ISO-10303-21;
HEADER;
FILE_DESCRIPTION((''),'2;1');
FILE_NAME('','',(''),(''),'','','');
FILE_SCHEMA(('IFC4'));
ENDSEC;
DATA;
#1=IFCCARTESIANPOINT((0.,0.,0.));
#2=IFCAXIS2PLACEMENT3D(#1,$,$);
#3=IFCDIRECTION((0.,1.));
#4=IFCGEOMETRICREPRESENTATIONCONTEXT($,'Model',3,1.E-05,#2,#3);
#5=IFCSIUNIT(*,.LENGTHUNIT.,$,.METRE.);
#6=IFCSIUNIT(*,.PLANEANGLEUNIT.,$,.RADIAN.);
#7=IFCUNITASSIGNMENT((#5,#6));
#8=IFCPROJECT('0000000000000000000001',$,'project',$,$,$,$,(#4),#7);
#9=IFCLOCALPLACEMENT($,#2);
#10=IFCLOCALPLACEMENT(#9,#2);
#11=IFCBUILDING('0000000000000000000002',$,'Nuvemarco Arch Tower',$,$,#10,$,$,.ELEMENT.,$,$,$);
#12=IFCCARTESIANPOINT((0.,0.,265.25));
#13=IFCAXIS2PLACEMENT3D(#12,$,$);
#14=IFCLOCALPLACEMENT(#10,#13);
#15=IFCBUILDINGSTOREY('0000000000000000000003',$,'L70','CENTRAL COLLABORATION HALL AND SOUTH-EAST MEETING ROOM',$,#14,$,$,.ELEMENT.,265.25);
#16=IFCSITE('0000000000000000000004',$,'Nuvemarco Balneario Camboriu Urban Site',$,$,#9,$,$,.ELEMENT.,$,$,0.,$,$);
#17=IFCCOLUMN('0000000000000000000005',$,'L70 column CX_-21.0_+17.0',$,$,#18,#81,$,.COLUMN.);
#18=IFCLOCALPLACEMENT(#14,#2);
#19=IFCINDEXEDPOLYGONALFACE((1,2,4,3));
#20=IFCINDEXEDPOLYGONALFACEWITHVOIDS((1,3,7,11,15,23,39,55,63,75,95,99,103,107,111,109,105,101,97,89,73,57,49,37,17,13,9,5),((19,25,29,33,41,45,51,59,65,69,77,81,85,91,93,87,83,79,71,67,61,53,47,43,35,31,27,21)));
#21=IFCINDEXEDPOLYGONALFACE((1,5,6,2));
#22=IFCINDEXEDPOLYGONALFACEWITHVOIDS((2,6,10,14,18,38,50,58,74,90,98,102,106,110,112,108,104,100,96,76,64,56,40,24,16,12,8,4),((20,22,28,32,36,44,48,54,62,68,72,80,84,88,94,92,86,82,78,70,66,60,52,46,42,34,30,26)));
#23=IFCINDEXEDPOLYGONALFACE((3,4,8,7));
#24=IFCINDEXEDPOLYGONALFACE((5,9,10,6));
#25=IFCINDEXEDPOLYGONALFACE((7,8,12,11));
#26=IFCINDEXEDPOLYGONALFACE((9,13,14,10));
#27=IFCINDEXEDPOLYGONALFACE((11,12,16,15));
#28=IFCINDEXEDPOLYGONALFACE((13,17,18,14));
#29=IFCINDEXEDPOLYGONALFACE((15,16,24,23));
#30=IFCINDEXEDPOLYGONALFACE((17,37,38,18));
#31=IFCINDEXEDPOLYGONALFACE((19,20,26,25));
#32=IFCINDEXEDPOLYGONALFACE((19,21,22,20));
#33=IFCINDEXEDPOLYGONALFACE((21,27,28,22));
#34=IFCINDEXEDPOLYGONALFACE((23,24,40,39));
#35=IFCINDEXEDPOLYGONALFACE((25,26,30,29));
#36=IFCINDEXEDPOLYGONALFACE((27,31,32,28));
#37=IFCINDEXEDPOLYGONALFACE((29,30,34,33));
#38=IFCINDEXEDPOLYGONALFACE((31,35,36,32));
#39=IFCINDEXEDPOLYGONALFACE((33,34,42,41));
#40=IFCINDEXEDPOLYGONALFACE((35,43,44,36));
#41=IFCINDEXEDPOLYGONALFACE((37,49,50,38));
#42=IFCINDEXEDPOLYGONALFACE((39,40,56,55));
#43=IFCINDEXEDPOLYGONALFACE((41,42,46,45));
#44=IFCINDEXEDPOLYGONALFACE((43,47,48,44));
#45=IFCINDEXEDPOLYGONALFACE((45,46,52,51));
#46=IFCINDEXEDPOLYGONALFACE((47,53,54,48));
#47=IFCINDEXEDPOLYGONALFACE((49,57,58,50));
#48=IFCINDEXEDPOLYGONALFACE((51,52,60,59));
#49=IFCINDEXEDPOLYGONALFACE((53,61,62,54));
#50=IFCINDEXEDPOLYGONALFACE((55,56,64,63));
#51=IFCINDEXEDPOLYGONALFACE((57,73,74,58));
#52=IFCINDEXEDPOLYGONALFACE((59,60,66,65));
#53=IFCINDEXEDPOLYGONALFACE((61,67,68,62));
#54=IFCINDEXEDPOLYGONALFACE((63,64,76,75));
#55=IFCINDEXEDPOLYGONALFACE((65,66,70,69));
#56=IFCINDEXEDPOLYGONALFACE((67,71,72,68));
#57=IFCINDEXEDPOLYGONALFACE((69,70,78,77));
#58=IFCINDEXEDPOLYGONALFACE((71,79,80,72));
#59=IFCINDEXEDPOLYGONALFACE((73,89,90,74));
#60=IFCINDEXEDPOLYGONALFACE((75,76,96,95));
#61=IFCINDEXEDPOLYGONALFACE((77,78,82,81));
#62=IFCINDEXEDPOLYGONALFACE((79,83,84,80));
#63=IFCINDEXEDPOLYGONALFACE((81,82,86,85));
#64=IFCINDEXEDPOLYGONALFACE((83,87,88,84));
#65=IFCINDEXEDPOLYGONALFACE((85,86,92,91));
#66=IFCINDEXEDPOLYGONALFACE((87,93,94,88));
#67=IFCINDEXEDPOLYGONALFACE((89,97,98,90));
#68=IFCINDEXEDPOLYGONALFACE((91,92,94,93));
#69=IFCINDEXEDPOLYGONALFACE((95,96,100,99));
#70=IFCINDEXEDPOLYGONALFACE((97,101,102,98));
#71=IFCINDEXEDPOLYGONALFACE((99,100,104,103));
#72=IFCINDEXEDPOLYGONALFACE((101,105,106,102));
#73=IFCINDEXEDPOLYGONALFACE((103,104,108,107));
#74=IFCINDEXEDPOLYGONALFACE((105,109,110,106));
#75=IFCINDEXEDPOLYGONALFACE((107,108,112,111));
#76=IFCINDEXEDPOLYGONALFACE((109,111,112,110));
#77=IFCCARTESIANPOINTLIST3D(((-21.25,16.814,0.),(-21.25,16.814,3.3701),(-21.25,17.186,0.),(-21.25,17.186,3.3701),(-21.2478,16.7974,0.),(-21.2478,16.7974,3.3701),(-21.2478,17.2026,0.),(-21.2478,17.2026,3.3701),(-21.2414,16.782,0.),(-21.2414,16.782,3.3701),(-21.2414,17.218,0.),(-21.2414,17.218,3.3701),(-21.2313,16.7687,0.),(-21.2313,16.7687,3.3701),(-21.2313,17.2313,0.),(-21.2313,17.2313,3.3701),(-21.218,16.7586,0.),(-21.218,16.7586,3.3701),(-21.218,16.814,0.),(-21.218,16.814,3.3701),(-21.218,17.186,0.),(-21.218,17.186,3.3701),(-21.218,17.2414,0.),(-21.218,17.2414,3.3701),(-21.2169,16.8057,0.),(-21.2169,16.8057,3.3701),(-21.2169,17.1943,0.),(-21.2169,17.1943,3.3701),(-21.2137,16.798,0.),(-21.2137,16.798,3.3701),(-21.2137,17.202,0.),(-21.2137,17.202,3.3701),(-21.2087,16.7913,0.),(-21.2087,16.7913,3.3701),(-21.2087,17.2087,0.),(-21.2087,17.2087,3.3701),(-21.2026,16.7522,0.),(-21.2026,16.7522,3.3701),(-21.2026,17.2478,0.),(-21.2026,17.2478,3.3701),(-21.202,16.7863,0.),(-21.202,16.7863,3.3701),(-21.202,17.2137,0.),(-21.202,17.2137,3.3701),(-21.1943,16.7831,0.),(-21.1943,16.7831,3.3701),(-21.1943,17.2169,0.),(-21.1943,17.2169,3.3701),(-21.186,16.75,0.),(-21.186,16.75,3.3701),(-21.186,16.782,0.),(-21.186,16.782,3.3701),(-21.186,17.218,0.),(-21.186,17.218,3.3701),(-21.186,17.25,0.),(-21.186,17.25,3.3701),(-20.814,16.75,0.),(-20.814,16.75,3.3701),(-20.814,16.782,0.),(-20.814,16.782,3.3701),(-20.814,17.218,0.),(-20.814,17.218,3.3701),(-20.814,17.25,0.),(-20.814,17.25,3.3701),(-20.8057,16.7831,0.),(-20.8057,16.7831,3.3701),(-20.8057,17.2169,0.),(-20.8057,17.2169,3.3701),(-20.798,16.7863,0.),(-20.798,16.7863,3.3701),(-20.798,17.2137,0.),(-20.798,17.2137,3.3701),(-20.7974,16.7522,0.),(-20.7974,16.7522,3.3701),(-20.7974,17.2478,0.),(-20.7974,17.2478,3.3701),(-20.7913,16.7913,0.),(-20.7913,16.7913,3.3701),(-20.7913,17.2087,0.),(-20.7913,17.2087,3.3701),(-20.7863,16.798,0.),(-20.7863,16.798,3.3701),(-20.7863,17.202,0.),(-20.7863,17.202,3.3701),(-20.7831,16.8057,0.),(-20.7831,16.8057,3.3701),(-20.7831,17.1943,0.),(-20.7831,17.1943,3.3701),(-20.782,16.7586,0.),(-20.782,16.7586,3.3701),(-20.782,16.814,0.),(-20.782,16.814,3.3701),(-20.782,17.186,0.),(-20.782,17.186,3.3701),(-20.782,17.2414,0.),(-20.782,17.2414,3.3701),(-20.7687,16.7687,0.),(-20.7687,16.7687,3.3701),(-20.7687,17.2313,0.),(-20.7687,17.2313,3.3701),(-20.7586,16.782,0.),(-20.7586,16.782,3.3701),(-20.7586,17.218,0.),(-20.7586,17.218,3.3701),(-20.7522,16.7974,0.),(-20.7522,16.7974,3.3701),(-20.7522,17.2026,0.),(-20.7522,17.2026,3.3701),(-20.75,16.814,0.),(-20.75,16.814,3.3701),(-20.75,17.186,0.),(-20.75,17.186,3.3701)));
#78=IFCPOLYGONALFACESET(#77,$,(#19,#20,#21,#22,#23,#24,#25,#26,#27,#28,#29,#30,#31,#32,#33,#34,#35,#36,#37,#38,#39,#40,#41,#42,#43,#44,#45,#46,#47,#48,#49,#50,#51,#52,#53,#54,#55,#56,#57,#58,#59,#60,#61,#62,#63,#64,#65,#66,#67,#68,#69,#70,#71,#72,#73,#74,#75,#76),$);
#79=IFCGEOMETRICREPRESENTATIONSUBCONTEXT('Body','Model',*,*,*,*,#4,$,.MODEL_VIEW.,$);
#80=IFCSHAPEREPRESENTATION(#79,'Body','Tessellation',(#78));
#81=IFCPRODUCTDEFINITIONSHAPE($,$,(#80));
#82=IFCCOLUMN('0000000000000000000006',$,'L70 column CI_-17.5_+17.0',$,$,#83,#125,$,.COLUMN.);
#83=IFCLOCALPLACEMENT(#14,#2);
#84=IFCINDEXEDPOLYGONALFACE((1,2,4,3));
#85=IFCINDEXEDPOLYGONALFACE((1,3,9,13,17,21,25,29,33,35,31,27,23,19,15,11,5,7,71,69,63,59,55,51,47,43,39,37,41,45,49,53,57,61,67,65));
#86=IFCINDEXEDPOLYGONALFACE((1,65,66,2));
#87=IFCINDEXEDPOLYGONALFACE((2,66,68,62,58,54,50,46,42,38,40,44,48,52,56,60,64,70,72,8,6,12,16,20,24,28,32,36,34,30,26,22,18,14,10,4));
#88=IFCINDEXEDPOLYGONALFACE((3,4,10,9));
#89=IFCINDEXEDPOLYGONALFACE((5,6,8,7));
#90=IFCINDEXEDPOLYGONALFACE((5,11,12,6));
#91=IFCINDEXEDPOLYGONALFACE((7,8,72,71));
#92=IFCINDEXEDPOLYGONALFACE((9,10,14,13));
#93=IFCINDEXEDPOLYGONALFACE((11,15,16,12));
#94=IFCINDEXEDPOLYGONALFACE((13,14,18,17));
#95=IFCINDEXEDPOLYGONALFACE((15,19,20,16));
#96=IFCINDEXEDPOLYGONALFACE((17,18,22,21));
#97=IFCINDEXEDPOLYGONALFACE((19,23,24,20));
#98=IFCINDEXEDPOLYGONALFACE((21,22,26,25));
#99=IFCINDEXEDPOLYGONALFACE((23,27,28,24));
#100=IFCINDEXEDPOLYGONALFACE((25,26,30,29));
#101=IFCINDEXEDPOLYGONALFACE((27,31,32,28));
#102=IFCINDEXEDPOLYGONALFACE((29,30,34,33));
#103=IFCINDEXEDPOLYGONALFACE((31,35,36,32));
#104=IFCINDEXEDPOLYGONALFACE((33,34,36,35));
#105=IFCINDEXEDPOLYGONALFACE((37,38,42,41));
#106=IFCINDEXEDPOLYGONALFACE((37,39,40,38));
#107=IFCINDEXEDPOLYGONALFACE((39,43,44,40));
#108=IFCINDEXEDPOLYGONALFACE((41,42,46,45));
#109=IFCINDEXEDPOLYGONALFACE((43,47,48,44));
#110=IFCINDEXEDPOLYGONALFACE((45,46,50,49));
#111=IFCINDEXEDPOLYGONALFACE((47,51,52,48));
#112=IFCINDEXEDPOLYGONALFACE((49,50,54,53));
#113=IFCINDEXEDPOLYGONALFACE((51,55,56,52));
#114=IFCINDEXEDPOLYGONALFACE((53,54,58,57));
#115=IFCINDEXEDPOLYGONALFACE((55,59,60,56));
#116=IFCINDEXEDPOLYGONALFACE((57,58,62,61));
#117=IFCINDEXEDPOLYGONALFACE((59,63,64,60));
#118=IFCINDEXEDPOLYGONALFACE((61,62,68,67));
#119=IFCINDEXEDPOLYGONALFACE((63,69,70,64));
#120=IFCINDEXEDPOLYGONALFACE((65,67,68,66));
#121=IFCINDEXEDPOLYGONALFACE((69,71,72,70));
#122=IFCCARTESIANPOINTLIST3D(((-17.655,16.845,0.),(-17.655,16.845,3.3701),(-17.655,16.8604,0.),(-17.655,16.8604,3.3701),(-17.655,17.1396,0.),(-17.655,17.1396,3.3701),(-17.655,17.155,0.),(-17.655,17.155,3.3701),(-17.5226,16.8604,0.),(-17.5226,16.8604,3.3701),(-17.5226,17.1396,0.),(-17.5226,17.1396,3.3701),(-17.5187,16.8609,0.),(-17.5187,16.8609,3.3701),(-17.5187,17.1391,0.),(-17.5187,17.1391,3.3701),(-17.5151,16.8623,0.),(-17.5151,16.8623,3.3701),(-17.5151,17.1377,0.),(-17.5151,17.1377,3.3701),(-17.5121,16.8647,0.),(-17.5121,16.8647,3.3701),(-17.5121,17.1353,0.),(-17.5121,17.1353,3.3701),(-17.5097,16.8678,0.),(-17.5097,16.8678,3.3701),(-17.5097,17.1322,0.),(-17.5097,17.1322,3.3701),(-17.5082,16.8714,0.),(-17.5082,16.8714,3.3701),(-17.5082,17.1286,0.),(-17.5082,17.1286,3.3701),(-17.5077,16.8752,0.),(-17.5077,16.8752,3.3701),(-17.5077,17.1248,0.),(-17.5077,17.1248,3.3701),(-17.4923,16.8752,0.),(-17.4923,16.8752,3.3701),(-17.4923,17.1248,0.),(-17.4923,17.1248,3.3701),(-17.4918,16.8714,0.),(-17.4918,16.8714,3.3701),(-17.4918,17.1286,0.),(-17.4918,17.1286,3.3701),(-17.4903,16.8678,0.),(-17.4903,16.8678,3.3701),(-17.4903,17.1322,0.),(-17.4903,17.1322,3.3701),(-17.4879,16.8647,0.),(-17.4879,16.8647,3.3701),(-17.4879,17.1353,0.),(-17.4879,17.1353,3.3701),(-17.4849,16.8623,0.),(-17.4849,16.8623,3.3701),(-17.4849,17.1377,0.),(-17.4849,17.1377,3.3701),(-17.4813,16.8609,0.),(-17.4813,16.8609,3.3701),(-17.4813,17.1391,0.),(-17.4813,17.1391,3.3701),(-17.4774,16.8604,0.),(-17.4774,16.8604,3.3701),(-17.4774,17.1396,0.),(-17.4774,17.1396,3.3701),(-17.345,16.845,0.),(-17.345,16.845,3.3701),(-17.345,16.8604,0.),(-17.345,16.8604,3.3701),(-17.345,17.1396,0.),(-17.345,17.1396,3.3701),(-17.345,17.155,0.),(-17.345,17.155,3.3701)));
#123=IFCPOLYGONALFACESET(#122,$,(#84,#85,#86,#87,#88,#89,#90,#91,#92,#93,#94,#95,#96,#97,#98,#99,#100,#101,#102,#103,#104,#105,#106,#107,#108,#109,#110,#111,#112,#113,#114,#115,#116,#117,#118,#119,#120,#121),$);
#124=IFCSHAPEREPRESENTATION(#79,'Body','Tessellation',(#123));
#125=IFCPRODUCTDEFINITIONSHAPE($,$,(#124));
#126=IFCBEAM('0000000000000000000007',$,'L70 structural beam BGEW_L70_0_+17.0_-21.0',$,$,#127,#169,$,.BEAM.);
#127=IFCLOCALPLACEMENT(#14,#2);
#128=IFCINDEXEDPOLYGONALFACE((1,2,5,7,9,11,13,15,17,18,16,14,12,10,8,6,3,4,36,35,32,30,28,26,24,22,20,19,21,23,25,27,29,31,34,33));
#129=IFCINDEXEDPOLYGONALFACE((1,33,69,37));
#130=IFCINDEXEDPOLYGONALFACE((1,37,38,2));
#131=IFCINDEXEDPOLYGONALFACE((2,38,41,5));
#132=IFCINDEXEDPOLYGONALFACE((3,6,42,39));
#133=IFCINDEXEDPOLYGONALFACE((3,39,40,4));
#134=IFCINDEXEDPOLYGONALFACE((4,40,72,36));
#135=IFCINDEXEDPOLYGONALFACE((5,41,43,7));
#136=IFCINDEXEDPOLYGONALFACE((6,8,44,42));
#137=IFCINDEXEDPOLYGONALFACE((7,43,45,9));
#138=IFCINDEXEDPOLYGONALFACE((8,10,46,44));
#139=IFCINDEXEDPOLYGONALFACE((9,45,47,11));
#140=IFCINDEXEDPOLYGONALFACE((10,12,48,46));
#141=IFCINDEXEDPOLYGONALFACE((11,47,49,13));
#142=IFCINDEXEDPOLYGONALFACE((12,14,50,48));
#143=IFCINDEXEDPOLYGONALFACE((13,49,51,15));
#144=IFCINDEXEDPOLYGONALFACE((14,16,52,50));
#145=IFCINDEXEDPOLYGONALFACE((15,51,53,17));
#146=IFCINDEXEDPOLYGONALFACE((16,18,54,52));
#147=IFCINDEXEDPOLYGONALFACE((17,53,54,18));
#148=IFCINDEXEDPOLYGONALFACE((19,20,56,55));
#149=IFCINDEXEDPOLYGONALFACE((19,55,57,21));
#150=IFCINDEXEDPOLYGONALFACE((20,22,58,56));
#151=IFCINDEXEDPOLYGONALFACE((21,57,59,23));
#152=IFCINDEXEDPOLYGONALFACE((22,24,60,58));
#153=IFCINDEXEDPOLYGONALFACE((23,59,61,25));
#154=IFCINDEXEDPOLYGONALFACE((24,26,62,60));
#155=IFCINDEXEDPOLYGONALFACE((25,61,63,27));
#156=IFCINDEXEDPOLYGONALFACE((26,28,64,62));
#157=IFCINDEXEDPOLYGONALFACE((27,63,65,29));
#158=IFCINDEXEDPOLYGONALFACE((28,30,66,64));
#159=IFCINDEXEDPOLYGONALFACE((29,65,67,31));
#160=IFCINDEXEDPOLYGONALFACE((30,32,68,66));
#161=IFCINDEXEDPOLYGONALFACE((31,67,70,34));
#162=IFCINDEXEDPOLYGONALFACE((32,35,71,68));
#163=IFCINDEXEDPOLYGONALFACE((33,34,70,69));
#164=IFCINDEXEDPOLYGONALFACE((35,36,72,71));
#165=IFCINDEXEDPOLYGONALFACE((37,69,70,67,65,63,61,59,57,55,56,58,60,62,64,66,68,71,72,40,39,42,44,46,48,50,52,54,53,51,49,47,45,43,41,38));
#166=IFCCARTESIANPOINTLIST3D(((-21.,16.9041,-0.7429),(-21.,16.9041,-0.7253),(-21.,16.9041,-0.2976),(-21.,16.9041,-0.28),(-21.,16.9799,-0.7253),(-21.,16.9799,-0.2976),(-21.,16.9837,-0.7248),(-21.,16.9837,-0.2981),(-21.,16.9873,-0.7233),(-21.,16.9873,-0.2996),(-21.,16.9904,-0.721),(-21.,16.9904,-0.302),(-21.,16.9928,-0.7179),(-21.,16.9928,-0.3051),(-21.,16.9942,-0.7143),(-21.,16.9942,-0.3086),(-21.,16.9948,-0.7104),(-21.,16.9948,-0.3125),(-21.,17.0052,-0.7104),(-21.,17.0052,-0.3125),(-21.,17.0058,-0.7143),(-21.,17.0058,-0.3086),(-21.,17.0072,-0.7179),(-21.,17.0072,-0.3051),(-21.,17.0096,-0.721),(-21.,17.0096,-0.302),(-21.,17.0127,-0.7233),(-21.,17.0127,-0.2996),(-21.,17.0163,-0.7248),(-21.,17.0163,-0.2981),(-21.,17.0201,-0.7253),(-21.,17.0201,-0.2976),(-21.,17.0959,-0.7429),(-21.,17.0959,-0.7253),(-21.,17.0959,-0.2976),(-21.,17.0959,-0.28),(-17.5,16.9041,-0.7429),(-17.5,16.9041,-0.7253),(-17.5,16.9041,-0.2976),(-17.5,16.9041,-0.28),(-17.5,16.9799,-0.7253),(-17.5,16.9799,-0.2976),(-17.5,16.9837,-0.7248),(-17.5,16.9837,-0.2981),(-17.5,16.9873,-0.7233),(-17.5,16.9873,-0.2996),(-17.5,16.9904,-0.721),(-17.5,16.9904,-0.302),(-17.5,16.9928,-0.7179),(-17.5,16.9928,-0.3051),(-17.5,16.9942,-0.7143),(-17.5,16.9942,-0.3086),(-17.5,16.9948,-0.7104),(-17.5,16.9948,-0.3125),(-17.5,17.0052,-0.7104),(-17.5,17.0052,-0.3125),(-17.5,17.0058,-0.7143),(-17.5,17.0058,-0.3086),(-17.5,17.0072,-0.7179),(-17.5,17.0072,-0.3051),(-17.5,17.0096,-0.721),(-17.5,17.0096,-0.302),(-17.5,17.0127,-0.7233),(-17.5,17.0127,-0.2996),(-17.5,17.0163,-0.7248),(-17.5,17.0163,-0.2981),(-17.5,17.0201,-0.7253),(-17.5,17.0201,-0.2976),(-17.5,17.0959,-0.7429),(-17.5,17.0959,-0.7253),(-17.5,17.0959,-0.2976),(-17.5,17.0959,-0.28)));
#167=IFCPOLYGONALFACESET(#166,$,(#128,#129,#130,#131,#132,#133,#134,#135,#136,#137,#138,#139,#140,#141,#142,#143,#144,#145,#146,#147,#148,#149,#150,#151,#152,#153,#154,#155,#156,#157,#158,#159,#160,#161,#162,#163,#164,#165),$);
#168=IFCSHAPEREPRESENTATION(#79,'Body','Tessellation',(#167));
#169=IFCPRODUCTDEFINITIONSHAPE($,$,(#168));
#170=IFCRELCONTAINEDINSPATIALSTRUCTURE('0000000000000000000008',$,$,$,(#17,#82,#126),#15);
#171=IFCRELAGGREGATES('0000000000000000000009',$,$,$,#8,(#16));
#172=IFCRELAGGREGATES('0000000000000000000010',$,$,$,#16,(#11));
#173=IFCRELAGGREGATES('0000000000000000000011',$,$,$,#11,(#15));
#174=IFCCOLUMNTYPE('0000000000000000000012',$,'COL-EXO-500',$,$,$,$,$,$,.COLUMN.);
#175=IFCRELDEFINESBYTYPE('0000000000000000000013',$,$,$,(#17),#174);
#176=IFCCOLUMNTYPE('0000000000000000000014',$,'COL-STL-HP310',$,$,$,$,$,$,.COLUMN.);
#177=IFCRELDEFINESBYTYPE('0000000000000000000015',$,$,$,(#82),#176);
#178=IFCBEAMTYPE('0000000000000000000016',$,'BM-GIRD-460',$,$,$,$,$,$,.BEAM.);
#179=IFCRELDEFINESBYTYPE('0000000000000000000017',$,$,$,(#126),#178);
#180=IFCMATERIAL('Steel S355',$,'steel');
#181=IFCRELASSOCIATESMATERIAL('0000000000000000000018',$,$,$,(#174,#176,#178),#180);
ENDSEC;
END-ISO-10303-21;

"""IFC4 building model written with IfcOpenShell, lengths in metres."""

from ifc_helpers import new_model, si_unit, direction, frame, origin, origin_2d, place, context, subcontext, project, spatial, hollow_rectangle, i_section, extrude, material, material_profile, profile_set, type_object, element, save


model = new_model("IFC4")

# Units and contexts
model_context = context("Model", 3, precision=1e-05, world=origin(), true_north=direction((0.0, 1.0)))
body_context = subcontext(model_context, "Body", "Model", "MODEL_VIEW")
ifc_project = project(units=[si_unit("LENGTHUNIT", "METRE"), si_unit("PLANEANGLEUNIT", "RADIAN")], contexts=[model_context])

# Site, building, storey
site_placement = place(None, origin())
site = spatial("IfcSite", under=ifc_project, at=site_placement, Name="Nuvemarco Balneario Camboriu Urban Site", CompositionType="ELEMENT", RefElevation=0.0)
building_placement = place(site_placement, origin())
building = spatial("IfcBuilding", under=site, at=building_placement, Name="Nuvemarco Arch Tower", CompositionType="ELEMENT")
storey_placement = place(building_placement, frame((0.0, 0.0, 265.25)))
storey = spatial("IfcBuildingStorey", under=building, at=storey_placement, Name="L70", Description="CENTRAL COLLABORATION HALL AND SOUTH-EAST MEETING ROOM", CompositionType="ELEMENT", Elevation=265.25)

# Columns
ifc_material_1 = material(Name="Steel S355", Category="steel")
ifc_material_profile_1 = material_profile(ifc_material_1, hollow_rectangle(XDim=0.5, YDim=0.5, WallThickness=0.032, InnerFilletRadius=0.032, OuterFilletRadius=0.064, at=origin_2d()), Name="SHS500x500x32")
ifc_profile_set_1 = profile_set([ifc_material_profile_1], Name="Steel S355")
column_type_1 = type_object("IfcColumnType", Name="COL-EXO-500", PredefinedType="COLUMN", material=ifc_profile_set_1)
column_1_placement = place(storey_placement, frame((-21.0, 17.0, 0.0), z_axis=(0.0, 0.0, 1.0), x_axis=(1.0, 0.0, 0.0)))
element("IfcColumn", 1, at=column_1_placement, inside=storey, type_object=column_type_1, Name="L70 column CX_-21.0_+17.0", PredefinedType="COLUMN", context=body_context, shape_type="SweptSolid", body=[
    extrude(hollow_rectangle(XDim=0.5, YDim=0.5, WallThickness=0.032, InnerFilletRadius=0.032, OuterFilletRadius=0.064, at=origin_2d()), origin(), (0.0, 0.0, 1.0), 3.3701),
])
ifc_material_profile_2 = material_profile(ifc_material_1, i_section(OverallWidth=0.3101, OverallDepth=0.3101, WebThickness=0.0154, FlangeThickness=0.0154, FilletRadius=0.0149, at=origin_2d()), Name="HP310x110")
ifc_profile_set_2 = profile_set([ifc_material_profile_2], Name="Steel S355")
column_type_2 = type_object("IfcColumnType", Name="COL-STL-HP310", PredefinedType="COLUMN", material=ifc_profile_set_2)
column_2_placement = place(storey_placement, frame((-17.5, 17.0, 0.0), z_axis=(0.0, 0.0, 1.0), x_axis=(1.0, 0.0, 0.0)))
element("IfcColumn", 2, at=column_2_placement, inside=storey, type_object=column_type_2, Name="L70 column CI_-17.5_+17.0", PredefinedType="COLUMN", context=body_context, shape_type="SweptSolid", body=[
    extrude(i_section(OverallWidth=0.3101, OverallDepth=0.3101, WebThickness=0.0154, FlangeThickness=0.0154, FilletRadius=0.0149, at=origin_2d()), origin(), (0.0, 0.0, 1.0), 3.3701),
])

# Beam
ifc_material_profile_3 = material_profile(ifc_material_1, i_section(OverallWidth=0.1919, OverallDepth=0.4629, WebThickness=0.0105, FlangeThickness=0.0176, FilletRadius=0.0149, at=origin_2d()), Name="W460x89")
ifc_profile_set_3 = profile_set([ifc_material_profile_3], Name="Steel S355")
beam_type_1 = type_object("IfcBeamType", Name="BM-GIRD-460", PredefinedType="BEAM", material=ifc_profile_set_3)
beam_1_placement = place(storey_placement, frame((-21.0, 17.0, -0.5115), z_axis=(1.0, 0.0, 0.0), x_axis=(0.0, 1.0, 0.0)))
element("IfcBeam", 3, at=beam_1_placement, inside=storey, type_object=beam_type_1, Name="L70 structural beam BGEW_L70_0_+17.0_-21.0", PredefinedType="BEAM", context=body_context, shape_type="SweptSolid", body=[
    extrude(i_section(OverallWidth=0.1919, OverallDepth=0.4629, WebThickness=0.0105, FlangeThickness=0.0176, FilletRadius=0.0149, at=origin_2d()), origin(), (0.0, 0.0, 1.0), 3.5),
])

save(model, "model.ifc")
